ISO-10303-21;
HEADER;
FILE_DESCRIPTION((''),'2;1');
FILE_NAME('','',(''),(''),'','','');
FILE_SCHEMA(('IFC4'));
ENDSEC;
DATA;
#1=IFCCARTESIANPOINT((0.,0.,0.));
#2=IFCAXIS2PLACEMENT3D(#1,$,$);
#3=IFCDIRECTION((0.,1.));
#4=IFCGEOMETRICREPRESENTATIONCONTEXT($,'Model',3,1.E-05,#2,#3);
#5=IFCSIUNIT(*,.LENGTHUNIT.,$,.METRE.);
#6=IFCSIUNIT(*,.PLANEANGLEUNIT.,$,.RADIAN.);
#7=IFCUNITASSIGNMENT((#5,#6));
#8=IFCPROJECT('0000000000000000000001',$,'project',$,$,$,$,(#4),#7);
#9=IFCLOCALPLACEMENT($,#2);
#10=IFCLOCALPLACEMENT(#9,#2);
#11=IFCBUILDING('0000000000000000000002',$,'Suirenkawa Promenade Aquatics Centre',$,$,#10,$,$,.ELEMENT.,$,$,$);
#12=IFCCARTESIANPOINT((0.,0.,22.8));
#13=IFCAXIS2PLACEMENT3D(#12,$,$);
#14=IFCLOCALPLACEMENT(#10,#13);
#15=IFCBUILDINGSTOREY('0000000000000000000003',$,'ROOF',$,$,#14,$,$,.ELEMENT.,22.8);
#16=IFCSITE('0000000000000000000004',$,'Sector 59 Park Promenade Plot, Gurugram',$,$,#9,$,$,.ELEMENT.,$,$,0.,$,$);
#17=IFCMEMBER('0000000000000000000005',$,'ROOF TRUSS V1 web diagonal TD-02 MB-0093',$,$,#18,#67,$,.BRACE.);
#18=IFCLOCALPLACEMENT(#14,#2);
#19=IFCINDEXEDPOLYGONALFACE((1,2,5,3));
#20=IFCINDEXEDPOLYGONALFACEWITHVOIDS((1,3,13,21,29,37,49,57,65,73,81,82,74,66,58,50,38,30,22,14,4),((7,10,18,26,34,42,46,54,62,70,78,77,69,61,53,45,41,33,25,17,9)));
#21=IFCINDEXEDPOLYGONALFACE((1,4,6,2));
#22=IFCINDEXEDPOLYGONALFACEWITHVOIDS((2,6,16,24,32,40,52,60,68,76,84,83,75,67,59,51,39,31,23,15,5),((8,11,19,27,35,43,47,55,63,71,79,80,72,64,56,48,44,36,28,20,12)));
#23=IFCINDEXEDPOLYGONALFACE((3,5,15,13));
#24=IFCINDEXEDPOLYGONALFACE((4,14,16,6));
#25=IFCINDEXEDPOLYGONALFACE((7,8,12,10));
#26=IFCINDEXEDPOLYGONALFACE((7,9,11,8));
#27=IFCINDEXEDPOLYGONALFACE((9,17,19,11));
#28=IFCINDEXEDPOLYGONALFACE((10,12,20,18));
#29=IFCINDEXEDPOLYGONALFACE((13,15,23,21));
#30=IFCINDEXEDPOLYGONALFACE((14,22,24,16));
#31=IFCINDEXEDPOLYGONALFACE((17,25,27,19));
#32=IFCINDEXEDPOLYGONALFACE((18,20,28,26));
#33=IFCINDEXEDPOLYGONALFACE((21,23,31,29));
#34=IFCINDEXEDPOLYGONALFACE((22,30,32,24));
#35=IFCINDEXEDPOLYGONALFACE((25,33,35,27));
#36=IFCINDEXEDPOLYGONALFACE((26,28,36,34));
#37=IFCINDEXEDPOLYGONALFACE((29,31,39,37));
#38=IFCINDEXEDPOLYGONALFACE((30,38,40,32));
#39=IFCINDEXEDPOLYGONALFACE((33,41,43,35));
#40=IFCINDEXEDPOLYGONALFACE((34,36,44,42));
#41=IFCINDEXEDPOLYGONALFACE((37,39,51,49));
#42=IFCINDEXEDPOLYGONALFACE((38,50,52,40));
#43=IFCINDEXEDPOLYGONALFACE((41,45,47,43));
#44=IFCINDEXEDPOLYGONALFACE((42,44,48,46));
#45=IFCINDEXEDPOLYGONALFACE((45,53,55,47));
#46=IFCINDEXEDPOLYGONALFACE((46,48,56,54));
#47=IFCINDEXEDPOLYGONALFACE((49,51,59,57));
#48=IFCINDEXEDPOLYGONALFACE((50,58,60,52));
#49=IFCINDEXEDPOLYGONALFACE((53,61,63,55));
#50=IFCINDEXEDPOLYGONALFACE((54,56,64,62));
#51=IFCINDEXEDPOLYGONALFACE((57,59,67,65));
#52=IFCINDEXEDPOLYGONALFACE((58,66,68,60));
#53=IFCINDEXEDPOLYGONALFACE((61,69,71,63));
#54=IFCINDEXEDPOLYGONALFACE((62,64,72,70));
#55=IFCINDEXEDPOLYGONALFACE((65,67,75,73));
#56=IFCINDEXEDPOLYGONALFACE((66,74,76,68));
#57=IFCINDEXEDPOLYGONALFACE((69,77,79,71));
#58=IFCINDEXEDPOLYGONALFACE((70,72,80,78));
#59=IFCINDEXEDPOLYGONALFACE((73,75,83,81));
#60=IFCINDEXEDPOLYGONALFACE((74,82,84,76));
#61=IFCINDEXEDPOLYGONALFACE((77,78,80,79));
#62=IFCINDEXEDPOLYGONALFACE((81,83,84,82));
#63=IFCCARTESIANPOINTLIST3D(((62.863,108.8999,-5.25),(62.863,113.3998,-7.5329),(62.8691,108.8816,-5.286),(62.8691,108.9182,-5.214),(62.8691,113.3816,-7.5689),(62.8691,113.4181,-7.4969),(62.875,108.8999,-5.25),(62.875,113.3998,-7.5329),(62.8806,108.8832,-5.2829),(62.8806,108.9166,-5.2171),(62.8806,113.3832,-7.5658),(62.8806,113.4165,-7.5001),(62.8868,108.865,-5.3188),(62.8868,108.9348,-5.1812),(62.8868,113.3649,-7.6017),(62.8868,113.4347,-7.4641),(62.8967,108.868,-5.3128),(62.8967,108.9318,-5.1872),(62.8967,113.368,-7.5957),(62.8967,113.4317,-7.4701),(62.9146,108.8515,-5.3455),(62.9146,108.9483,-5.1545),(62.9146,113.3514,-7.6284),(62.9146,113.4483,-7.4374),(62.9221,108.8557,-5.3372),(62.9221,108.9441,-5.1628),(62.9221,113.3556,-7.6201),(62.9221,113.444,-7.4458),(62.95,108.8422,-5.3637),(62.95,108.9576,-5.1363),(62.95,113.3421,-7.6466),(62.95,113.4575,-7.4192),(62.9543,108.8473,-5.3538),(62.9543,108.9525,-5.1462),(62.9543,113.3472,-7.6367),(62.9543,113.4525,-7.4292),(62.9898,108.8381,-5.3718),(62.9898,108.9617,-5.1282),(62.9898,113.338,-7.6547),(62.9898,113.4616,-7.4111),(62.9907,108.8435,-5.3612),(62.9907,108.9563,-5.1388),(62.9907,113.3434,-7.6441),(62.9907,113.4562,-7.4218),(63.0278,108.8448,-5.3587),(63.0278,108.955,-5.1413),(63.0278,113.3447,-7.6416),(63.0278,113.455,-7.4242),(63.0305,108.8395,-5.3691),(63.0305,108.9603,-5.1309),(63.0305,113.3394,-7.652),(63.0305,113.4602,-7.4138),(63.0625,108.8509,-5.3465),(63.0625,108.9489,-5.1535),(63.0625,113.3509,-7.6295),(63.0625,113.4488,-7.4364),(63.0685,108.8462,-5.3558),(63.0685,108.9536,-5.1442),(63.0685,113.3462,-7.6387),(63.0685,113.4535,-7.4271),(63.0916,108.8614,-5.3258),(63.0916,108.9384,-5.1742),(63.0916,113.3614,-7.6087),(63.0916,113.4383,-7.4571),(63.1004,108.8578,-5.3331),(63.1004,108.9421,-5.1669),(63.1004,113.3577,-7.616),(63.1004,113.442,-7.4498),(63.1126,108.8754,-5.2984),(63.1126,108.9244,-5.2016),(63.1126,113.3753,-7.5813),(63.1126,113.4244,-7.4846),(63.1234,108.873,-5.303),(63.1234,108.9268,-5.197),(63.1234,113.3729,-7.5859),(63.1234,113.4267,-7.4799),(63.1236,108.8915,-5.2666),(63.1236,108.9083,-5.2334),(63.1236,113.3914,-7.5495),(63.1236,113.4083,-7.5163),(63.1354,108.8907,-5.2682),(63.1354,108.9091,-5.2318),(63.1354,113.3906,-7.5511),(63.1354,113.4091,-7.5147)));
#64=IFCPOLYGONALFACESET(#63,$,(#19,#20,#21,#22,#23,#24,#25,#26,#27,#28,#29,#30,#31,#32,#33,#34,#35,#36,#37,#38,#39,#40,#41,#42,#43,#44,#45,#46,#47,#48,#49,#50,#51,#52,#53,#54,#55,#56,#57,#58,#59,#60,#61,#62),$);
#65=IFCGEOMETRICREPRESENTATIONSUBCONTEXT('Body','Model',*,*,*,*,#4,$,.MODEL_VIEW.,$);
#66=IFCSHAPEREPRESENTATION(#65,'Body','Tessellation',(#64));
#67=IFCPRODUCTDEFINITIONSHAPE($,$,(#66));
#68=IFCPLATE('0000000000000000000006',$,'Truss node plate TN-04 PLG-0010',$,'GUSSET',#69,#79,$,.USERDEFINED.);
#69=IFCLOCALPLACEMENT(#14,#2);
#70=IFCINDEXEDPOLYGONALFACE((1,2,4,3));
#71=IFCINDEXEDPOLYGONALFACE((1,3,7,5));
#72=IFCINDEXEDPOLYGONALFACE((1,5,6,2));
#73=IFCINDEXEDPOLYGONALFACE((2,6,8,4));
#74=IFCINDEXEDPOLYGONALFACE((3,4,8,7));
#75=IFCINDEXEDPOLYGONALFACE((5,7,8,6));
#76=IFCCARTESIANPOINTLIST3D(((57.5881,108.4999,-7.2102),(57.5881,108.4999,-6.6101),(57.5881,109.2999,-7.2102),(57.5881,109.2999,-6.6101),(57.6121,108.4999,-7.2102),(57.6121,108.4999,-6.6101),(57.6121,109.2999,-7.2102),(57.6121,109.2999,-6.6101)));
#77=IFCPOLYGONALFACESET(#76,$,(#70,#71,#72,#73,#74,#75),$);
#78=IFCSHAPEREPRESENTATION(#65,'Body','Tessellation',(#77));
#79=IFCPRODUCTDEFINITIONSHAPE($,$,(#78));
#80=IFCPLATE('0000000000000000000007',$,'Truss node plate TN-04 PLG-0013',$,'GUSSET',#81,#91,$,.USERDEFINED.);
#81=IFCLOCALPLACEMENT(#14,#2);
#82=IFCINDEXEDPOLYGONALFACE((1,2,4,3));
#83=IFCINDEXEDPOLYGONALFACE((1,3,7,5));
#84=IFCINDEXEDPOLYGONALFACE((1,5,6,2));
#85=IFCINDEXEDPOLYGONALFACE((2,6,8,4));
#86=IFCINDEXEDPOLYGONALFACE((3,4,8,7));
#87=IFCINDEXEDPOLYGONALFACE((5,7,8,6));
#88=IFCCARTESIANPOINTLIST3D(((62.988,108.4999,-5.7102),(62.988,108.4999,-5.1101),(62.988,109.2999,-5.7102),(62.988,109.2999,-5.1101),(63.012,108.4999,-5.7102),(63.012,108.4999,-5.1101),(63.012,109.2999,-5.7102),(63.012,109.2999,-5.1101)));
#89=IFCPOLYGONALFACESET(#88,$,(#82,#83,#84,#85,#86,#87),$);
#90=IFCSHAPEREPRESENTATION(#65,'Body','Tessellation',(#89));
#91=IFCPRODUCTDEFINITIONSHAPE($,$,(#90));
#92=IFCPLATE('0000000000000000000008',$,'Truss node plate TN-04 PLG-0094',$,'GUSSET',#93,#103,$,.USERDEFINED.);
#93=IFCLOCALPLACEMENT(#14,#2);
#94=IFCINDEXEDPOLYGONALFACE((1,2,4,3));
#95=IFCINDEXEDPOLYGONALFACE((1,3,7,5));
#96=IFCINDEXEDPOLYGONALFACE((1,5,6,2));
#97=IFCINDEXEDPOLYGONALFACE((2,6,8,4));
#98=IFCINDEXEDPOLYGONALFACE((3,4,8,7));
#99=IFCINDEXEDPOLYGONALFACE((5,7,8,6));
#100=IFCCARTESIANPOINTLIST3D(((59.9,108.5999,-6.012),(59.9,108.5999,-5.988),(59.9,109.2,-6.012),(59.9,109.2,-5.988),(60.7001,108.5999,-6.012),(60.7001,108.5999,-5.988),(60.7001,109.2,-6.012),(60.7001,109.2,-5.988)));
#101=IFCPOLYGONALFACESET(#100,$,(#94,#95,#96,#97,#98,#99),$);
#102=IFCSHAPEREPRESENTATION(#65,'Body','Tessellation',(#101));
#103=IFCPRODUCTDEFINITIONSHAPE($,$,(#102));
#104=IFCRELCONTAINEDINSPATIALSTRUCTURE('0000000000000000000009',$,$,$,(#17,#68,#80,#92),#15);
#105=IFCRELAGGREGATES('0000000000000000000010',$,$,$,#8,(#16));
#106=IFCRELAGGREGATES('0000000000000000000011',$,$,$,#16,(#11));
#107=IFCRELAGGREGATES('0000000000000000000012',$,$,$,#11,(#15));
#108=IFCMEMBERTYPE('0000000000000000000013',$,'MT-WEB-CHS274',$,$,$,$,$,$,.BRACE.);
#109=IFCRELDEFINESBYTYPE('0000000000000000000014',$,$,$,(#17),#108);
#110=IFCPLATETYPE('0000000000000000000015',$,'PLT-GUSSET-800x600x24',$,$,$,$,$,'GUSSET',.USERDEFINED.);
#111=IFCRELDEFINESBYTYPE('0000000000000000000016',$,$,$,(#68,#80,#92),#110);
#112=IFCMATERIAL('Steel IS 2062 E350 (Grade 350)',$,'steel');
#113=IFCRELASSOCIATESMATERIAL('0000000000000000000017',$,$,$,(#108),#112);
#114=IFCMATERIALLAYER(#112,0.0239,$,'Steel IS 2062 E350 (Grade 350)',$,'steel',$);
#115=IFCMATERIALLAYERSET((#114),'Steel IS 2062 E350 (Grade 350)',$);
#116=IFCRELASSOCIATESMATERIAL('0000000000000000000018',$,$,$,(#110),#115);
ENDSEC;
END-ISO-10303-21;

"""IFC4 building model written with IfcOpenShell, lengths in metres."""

from ifc_helpers import new_model, si_unit, direction, frame, origin, origin_2d, place, context, subcontext, project, spatial, rectangle, hollow_circle, extrude, material, layer, layer_set, material_profile, profile_set, type_object, element, save


model = new_model("IFC4")

# Units and contexts
model_context = context("Model", 3, precision=1e-05, world=origin(), true_north=direction((0.0, 1.0)))
body_context = subcontext(model_context, "Body", "Model", "MODEL_VIEW")
ifc_project = project(units=[si_unit("LENGTHUNIT", "METRE"), si_unit("PLANEANGLEUNIT", "RADIAN")], contexts=[model_context])

# Site, building, storey
site_placement = place(None, origin())
site = spatial("IfcSite", under=ifc_project, at=site_placement, Name="Sector 59 Park Promenade Plot, Gurugram", CompositionType="ELEMENT", RefElevation=0.0)
building_placement = place(site_placement, origin())
building = spatial("IfcBuilding", under=site, at=building_placement, Name="Suirenkawa Promenade Aquatics Centre", CompositionType="ELEMENT")
storey_placement = place(building_placement, frame((0.0, 0.0, 22.8)))
storey = spatial("IfcBuildingStorey", under=building, at=storey_placement, Name="ROOF", CompositionType="ELEMENT", Elevation=22.8)

# Shared definitions
ifc_material = material(Name="Steel IS 2062 E350 (Grade 350)", Category="steel")

# Member
ifc_material_profile_1 = material_profile(ifc_material, hollow_circle(Radius=0.137, WallThickness=0.012, at=origin_2d()), Name="CHS 274x12", Category="steel")
ifc_profile_set_1 = profile_set([ifc_material_profile_1], Name="Steel IS 2062 E350 (Grade 350)")
member_type_1 = type_object("IfcMemberType", Name="MT-WEB-CHS274", PredefinedType="BRACE", material=ifc_profile_set_1)
member_1_placement = place(storey_placement, frame((63.0, 108.8999, -5.25), z_axis=(0.0, 0.891799, -0.452431), x_axis=(-1.0, 0.0, 0.0)))
element("IfcMember", 1, at=member_1_placement, inside=storey, type_object=member_type_1, Name="ROOF TRUSS V1 web diagonal TD-02 MB-0093", PredefinedType="BRACE", context=body_context, shape_type="SweptSolid", body=[
    extrude(hollow_circle(Radius=0.137, WallThickness=0.012, at=origin_2d()), origin(), (0.0, 0.0, 1.0), 5.0459),
])

# Plates
ifc_layer = layer(ifc_material, 0.0239, Name="Steel IS 2062 E350 (Grade 350)", Category="steel")
ifc_layer_set = layer_set([ifc_layer], Name="Steel IS 2062 E350 (Grade 350)")
plate_type = type_object("IfcPlateType", Name="PLT-GUSSET-800x600x24", ElementType="GUSSET", PredefinedType="USERDEFINED", material=ifc_layer_set)
for number, where, z_axis, x_axis, name in (
    (2, (57.6001, 108.8999, -7.2102), (0.0, 0.0, 1.0), (0.0, 1.0, 0.0), "Truss node plate TN-04 PLG-0010"),
    (3, (63.0, 108.8999, -5.7102), (0.0, 0.0, 1.0), (0.0, 1.0, 0.0), "Truss node plate TN-04 PLG-0013"),
):
    element("IfcPlate", number, at=place(storey_placement, frame(where, z_axis=z_axis, x_axis=x_axis)), inside=storey, type_object=plate_type, Name=name, ObjectType="GUSSET", PredefinedType="USERDEFINED", context=body_context, shape_type="SweptSolid", body=[
        extrude(rectangle(XDim=0.8, YDim=0.0239, at=origin_2d()), origin(), (0.0, 0.0, 1.0), 0.6001),
    ])
plate_placement = place(storey_placement, frame((60.3, 108.8999, -6.012), z_axis=(0.0, 0.0, 1.0), x_axis=(1.0, 0.0, 0.0)))
element("IfcPlate", 4, at=plate_placement, inside=storey, type_object=plate_type, Name="Truss node plate TN-04 PLG-0094", ObjectType="GUSSET", PredefinedType="USERDEFINED", context=body_context, shape_type="SweptSolid", body=[
    extrude(rectangle(XDim=0.8, YDim=0.6001, at=origin_2d()), origin(), (0.0, 0.0, 1.0), 0.0239),
])

save(model, "model.ifc")
